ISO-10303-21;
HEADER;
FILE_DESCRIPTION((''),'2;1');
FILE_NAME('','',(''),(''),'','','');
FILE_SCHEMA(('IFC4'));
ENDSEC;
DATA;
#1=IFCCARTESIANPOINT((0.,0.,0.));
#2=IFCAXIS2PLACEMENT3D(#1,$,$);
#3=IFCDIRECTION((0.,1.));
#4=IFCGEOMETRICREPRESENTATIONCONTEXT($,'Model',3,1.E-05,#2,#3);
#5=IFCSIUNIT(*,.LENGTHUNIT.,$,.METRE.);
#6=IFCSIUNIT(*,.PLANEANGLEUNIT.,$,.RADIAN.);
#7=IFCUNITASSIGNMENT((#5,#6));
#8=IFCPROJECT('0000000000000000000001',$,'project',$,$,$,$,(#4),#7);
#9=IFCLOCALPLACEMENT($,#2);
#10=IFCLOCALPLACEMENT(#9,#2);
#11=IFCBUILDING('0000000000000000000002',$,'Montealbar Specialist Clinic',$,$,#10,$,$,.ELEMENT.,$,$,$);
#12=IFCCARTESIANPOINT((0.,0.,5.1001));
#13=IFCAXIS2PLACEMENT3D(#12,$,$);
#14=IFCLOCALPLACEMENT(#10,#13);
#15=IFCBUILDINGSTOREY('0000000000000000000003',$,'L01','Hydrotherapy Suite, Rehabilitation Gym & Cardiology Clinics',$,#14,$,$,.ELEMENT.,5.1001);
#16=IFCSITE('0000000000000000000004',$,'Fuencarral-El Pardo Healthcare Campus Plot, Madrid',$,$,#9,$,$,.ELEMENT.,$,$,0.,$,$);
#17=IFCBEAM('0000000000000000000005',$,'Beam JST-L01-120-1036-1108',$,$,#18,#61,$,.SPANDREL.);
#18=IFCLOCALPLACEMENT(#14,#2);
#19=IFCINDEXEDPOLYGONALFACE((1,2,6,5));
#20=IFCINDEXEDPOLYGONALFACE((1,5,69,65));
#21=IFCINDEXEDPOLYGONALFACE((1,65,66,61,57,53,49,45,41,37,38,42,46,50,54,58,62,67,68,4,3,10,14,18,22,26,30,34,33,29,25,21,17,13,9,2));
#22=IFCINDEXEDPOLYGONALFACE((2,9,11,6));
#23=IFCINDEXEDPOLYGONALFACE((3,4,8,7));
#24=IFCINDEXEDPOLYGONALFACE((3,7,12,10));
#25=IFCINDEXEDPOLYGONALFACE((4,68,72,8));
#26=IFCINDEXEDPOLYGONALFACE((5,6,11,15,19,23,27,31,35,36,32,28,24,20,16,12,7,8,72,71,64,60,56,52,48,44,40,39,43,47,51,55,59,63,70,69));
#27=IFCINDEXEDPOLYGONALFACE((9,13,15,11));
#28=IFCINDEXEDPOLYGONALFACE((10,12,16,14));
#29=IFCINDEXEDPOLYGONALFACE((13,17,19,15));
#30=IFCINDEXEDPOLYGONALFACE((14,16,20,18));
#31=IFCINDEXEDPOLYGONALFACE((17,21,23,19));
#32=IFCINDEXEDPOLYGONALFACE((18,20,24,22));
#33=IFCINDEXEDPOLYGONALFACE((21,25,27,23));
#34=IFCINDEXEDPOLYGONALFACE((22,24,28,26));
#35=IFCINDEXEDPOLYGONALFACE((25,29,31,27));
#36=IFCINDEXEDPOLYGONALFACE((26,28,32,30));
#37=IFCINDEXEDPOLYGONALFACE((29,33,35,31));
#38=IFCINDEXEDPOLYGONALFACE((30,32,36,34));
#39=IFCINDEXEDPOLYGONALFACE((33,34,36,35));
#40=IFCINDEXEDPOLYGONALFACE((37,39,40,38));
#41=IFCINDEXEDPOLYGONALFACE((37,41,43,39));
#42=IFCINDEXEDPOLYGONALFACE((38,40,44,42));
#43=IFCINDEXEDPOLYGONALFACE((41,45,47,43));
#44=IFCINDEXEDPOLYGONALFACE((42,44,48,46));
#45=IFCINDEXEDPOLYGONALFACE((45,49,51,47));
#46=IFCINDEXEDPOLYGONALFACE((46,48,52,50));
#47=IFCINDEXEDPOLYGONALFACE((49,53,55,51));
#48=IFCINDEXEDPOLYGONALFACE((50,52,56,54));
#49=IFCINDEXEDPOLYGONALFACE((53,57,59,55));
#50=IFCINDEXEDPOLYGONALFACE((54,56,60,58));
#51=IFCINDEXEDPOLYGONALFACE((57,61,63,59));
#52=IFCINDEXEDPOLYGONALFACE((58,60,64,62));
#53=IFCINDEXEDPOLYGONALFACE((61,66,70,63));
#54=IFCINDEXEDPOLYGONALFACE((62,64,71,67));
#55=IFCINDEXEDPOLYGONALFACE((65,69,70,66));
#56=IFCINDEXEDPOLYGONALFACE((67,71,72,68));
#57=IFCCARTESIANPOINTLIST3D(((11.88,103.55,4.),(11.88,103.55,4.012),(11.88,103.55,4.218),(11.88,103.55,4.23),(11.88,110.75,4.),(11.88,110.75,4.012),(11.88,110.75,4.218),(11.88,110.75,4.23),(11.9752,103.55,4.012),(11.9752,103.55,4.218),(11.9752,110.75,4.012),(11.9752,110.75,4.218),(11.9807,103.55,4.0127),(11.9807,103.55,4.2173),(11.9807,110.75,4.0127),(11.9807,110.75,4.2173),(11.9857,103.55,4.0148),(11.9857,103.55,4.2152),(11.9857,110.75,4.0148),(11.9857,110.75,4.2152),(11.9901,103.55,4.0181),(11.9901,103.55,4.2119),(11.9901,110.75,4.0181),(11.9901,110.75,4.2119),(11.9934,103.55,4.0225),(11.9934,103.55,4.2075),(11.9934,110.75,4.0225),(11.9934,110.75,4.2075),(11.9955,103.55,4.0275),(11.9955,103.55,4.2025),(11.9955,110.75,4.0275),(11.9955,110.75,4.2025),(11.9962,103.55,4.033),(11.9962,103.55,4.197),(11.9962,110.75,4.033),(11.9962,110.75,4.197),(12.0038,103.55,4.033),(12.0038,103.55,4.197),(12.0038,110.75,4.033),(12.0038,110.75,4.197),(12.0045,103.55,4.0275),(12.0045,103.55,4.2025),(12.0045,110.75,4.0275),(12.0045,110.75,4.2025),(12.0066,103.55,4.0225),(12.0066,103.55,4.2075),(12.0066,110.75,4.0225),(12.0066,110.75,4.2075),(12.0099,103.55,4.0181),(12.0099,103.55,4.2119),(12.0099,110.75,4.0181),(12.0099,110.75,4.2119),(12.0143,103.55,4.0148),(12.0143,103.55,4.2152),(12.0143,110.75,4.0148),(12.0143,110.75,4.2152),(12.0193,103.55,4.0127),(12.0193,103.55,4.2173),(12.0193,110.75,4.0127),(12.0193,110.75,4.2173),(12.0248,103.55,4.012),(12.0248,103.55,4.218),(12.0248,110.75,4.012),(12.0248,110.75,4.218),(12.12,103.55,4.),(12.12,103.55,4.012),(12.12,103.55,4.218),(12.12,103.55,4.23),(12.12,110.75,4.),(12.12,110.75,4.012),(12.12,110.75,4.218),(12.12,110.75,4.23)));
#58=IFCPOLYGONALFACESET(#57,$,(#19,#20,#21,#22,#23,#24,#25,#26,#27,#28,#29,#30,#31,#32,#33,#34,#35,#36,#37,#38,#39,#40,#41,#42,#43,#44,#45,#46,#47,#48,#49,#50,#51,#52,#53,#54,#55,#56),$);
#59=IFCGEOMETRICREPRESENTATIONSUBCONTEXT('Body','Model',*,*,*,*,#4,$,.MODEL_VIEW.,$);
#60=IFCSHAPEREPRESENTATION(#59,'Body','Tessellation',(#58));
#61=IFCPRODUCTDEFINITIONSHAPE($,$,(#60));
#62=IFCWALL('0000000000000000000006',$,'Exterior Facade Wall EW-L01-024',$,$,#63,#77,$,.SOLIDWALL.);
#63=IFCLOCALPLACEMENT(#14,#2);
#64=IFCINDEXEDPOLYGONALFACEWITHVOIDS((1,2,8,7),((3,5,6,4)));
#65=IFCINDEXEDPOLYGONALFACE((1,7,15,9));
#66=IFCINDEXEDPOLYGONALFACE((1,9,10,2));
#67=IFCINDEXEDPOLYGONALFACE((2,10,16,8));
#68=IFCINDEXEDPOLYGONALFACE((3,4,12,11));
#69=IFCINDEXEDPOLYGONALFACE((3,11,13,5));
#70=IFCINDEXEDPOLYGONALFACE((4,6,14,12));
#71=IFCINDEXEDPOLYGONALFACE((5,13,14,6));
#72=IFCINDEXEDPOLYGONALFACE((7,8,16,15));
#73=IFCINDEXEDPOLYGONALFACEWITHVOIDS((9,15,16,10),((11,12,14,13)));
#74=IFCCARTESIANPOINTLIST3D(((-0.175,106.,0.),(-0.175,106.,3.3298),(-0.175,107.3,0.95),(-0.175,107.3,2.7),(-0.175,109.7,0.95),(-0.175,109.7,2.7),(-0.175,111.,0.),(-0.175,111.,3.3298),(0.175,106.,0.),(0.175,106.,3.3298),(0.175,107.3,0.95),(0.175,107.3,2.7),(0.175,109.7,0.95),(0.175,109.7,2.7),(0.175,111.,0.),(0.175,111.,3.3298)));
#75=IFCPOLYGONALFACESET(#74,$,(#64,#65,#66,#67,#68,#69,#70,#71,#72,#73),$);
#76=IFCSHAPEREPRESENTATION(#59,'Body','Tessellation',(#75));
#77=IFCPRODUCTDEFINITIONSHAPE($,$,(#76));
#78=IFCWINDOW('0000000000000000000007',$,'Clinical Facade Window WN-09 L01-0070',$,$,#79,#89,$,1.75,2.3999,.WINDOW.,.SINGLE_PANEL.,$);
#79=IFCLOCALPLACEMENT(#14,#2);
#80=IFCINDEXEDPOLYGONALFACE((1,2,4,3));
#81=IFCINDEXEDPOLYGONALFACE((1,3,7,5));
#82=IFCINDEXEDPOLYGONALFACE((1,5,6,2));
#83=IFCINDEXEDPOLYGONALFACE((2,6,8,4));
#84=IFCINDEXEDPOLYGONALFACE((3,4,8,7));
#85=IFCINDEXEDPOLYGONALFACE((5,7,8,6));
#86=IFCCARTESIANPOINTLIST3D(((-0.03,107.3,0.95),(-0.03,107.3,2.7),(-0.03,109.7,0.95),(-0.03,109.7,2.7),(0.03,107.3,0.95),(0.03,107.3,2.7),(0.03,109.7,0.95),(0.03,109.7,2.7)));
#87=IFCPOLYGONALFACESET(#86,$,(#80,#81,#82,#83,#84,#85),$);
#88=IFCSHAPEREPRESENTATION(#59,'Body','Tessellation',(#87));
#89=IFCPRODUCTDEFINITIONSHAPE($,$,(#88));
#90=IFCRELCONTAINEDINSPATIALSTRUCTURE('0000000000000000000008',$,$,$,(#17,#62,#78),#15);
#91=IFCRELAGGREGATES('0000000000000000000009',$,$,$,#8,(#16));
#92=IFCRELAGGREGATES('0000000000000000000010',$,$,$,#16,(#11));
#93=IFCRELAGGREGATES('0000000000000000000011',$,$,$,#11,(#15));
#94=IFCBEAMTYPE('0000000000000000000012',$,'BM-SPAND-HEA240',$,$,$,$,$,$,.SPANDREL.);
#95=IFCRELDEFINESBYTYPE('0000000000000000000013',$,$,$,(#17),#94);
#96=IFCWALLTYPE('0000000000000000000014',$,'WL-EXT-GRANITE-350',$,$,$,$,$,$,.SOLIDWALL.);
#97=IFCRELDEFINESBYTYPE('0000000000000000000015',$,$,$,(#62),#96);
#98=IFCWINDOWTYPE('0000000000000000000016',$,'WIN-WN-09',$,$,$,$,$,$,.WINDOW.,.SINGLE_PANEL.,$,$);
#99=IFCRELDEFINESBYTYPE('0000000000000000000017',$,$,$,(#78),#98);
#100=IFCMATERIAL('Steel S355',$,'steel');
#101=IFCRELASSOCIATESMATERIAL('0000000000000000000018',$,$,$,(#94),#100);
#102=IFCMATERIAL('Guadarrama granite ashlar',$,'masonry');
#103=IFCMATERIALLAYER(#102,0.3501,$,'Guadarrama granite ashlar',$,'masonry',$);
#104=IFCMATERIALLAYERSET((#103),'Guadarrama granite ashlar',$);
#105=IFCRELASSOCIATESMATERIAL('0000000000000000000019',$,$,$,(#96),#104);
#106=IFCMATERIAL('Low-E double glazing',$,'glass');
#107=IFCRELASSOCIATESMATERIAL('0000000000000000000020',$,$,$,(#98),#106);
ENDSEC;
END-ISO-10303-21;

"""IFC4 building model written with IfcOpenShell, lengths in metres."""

from ifc_helpers import new_model, si_unit, direction, frame, frame_2d, origin, origin_2d, place, context, subcontext, project, spatial, rectangle, i_section, extrude, material, layer, layer_set, material_profile, profile_set, type_object, element, fill, save


model = new_model("IFC4")

# Units and contexts
model_context = context("Model", 3, precision=1e-05, world=origin(), true_north=direction((0.0, 1.0)))
body_context = subcontext(model_context, "Body", "Model", "MODEL_VIEW")
ifc_project = project(units=[si_unit("LENGTHUNIT", "METRE"), si_unit("PLANEANGLEUNIT", "RADIAN")], contexts=[model_context])

# Site, building, storey
site_placement = place(None, origin())
site = spatial("IfcSite", under=ifc_project, at=site_placement, Name="Fuencarral-El Pardo Healthcare Campus Plot, Madrid", CompositionType="ELEMENT", RefElevation=0.0)
building_placement = place(site_placement, origin())
building = spatial("IfcBuilding", under=site, at=building_placement, Name="Montealbar Specialist Clinic", CompositionType="ELEMENT")
storey_placement = place(building_placement, frame((0.0, 0.0, 5.1001)))
storey = spatial("IfcBuildingStorey", under=building, at=storey_placement, Name="L01", Description="Hydrotherapy Suite, Rehabilitation Gym & Cardiology Clinics", CompositionType="ELEMENT", Elevation=5.1001)

# Shared definitions
ifc_material_1 = material(Name="Guadarrama granite ashlar", Category="masonry")

# Beam
ifc_material_2 = material(Name="Steel S355", Category="steel")
ifc_material_profile_1 = material_profile(ifc_material_2, i_section(OverallWidth=0.24, OverallDepth=0.23, WebThickness=0.0076, FlangeThickness=0.012, FilletRadius=0.021, at=origin_2d()), Name="HEA 240", Category="steel")
ifc_profile_set_1 = profile_set([ifc_material_profile_1], Name="Steel S355")
beam_type_1 = type_object("IfcBeamType", Name="BM-SPAND-HEA240", PredefinedType="SPANDREL", material=ifc_profile_set_1)
beam_1_placement = place(storey_placement, frame((12.0, 103.55, 4.115), z_axis=(0.0, 1.0, 0.0), x_axis=(-1.0, 0.0, 0.0)))
element("IfcBeam", 1, at=beam_1_placement, inside=storey, type_object=beam_type_1, Name="Beam JST-L01-120-1036-1108", PredefinedType="SPANDREL", context=body_context, shape_type="SweptSolid", body=[
    extrude(i_section(OverallWidth=0.24, OverallDepth=0.23, WebThickness=0.0076, FlangeThickness=0.012, FilletRadius=0.021, at=origin_2d()), origin(), (0.0, 0.0, 1.0), 7.2),
])

# Wall, opening, window
ifc_layer_1 = layer(ifc_material_1, 0.3501, Name="Guadarrama granite ashlar", Category="masonry")
ifc_layer_set_1 = layer_set([ifc_layer_1], Name="Guadarrama granite ashlar")
wall_type = type_object("IfcWallType", Name="WL-EXT-GRANITE-350", PredefinedType="SOLIDWALL", material=ifc_layer_set_1)
wall_1_placement = place(storey_placement, frame((0.0, 106.0, 0.0), z_axis=(0.0, 0.0, 1.0), x_axis=(0.0, 1.0, 0.0)))
wall_1 = element("IfcWall", 2, at=wall_1_placement, inside=storey, type_object=wall_type, Name="Exterior Facade Wall EW-L01-024", PredefinedType="SOLIDWALL", context=body_context, shape_type="SweptSolid", body=[
    extrude(rectangle(XDim=5.0, YDim=0.3501, at=frame_2d((2.5, 0.0))), origin(), (0.0, 0.0, 1.0), 3.3298),
])
opening_1_placement = place(wall_1_placement, frame((1.3, 0.0, 0.95)))
opening_1 = element("IfcOpeningElement", 3, at=opening_1_placement, cuts=wall_1, PredefinedType="OPENING", context=body_context, shape_type="SweptSolid", body=[
    extrude(rectangle(XDim=2.3999, YDim=1.75, at=frame_2d((1.2, 0.875))), frame((0.0, 0.1851, 0.0), z_axis=(0.0, -1.0, 0.0), x_axis=(1.0, 0.0, 0.0)), (0.0, 0.0, 1.0), 0.3701),
])
ifc_material_3 = material(Name="Low-E double glazing", Category="glass")
window_type_1 = type_object("IfcWindowType", Name="WIN-WN-09", PartitioningType="SINGLE_PANEL", PredefinedType="WINDOW", material=ifc_material_3)
window_1_placement = place(opening_1_placement, origin())
window_1 = element("IfcWindow", 4, at=window_1_placement, inside=storey, type_object=window_type_1, Name="Clinical Facade Window WN-09 L01-0070", OverallHeight=1.75, OverallWidth=2.3999, PartitioningType="SINGLE_PANEL", PredefinedType="WINDOW", context=body_context, shape_type="SweptSolid", body=[
    extrude(rectangle(XDim=2.3999, YDim=1.75, at=frame_2d((1.2, 0.875))), frame((0.0, 0.03, 0.0), z_axis=(0.0, -1.0, 0.0), x_axis=(1.0, 0.0, 0.0)), (0.0, 0.0, 1.0), 0.0601),
])
fill(opening_1, window_1)

save(model, "model.ifc")
